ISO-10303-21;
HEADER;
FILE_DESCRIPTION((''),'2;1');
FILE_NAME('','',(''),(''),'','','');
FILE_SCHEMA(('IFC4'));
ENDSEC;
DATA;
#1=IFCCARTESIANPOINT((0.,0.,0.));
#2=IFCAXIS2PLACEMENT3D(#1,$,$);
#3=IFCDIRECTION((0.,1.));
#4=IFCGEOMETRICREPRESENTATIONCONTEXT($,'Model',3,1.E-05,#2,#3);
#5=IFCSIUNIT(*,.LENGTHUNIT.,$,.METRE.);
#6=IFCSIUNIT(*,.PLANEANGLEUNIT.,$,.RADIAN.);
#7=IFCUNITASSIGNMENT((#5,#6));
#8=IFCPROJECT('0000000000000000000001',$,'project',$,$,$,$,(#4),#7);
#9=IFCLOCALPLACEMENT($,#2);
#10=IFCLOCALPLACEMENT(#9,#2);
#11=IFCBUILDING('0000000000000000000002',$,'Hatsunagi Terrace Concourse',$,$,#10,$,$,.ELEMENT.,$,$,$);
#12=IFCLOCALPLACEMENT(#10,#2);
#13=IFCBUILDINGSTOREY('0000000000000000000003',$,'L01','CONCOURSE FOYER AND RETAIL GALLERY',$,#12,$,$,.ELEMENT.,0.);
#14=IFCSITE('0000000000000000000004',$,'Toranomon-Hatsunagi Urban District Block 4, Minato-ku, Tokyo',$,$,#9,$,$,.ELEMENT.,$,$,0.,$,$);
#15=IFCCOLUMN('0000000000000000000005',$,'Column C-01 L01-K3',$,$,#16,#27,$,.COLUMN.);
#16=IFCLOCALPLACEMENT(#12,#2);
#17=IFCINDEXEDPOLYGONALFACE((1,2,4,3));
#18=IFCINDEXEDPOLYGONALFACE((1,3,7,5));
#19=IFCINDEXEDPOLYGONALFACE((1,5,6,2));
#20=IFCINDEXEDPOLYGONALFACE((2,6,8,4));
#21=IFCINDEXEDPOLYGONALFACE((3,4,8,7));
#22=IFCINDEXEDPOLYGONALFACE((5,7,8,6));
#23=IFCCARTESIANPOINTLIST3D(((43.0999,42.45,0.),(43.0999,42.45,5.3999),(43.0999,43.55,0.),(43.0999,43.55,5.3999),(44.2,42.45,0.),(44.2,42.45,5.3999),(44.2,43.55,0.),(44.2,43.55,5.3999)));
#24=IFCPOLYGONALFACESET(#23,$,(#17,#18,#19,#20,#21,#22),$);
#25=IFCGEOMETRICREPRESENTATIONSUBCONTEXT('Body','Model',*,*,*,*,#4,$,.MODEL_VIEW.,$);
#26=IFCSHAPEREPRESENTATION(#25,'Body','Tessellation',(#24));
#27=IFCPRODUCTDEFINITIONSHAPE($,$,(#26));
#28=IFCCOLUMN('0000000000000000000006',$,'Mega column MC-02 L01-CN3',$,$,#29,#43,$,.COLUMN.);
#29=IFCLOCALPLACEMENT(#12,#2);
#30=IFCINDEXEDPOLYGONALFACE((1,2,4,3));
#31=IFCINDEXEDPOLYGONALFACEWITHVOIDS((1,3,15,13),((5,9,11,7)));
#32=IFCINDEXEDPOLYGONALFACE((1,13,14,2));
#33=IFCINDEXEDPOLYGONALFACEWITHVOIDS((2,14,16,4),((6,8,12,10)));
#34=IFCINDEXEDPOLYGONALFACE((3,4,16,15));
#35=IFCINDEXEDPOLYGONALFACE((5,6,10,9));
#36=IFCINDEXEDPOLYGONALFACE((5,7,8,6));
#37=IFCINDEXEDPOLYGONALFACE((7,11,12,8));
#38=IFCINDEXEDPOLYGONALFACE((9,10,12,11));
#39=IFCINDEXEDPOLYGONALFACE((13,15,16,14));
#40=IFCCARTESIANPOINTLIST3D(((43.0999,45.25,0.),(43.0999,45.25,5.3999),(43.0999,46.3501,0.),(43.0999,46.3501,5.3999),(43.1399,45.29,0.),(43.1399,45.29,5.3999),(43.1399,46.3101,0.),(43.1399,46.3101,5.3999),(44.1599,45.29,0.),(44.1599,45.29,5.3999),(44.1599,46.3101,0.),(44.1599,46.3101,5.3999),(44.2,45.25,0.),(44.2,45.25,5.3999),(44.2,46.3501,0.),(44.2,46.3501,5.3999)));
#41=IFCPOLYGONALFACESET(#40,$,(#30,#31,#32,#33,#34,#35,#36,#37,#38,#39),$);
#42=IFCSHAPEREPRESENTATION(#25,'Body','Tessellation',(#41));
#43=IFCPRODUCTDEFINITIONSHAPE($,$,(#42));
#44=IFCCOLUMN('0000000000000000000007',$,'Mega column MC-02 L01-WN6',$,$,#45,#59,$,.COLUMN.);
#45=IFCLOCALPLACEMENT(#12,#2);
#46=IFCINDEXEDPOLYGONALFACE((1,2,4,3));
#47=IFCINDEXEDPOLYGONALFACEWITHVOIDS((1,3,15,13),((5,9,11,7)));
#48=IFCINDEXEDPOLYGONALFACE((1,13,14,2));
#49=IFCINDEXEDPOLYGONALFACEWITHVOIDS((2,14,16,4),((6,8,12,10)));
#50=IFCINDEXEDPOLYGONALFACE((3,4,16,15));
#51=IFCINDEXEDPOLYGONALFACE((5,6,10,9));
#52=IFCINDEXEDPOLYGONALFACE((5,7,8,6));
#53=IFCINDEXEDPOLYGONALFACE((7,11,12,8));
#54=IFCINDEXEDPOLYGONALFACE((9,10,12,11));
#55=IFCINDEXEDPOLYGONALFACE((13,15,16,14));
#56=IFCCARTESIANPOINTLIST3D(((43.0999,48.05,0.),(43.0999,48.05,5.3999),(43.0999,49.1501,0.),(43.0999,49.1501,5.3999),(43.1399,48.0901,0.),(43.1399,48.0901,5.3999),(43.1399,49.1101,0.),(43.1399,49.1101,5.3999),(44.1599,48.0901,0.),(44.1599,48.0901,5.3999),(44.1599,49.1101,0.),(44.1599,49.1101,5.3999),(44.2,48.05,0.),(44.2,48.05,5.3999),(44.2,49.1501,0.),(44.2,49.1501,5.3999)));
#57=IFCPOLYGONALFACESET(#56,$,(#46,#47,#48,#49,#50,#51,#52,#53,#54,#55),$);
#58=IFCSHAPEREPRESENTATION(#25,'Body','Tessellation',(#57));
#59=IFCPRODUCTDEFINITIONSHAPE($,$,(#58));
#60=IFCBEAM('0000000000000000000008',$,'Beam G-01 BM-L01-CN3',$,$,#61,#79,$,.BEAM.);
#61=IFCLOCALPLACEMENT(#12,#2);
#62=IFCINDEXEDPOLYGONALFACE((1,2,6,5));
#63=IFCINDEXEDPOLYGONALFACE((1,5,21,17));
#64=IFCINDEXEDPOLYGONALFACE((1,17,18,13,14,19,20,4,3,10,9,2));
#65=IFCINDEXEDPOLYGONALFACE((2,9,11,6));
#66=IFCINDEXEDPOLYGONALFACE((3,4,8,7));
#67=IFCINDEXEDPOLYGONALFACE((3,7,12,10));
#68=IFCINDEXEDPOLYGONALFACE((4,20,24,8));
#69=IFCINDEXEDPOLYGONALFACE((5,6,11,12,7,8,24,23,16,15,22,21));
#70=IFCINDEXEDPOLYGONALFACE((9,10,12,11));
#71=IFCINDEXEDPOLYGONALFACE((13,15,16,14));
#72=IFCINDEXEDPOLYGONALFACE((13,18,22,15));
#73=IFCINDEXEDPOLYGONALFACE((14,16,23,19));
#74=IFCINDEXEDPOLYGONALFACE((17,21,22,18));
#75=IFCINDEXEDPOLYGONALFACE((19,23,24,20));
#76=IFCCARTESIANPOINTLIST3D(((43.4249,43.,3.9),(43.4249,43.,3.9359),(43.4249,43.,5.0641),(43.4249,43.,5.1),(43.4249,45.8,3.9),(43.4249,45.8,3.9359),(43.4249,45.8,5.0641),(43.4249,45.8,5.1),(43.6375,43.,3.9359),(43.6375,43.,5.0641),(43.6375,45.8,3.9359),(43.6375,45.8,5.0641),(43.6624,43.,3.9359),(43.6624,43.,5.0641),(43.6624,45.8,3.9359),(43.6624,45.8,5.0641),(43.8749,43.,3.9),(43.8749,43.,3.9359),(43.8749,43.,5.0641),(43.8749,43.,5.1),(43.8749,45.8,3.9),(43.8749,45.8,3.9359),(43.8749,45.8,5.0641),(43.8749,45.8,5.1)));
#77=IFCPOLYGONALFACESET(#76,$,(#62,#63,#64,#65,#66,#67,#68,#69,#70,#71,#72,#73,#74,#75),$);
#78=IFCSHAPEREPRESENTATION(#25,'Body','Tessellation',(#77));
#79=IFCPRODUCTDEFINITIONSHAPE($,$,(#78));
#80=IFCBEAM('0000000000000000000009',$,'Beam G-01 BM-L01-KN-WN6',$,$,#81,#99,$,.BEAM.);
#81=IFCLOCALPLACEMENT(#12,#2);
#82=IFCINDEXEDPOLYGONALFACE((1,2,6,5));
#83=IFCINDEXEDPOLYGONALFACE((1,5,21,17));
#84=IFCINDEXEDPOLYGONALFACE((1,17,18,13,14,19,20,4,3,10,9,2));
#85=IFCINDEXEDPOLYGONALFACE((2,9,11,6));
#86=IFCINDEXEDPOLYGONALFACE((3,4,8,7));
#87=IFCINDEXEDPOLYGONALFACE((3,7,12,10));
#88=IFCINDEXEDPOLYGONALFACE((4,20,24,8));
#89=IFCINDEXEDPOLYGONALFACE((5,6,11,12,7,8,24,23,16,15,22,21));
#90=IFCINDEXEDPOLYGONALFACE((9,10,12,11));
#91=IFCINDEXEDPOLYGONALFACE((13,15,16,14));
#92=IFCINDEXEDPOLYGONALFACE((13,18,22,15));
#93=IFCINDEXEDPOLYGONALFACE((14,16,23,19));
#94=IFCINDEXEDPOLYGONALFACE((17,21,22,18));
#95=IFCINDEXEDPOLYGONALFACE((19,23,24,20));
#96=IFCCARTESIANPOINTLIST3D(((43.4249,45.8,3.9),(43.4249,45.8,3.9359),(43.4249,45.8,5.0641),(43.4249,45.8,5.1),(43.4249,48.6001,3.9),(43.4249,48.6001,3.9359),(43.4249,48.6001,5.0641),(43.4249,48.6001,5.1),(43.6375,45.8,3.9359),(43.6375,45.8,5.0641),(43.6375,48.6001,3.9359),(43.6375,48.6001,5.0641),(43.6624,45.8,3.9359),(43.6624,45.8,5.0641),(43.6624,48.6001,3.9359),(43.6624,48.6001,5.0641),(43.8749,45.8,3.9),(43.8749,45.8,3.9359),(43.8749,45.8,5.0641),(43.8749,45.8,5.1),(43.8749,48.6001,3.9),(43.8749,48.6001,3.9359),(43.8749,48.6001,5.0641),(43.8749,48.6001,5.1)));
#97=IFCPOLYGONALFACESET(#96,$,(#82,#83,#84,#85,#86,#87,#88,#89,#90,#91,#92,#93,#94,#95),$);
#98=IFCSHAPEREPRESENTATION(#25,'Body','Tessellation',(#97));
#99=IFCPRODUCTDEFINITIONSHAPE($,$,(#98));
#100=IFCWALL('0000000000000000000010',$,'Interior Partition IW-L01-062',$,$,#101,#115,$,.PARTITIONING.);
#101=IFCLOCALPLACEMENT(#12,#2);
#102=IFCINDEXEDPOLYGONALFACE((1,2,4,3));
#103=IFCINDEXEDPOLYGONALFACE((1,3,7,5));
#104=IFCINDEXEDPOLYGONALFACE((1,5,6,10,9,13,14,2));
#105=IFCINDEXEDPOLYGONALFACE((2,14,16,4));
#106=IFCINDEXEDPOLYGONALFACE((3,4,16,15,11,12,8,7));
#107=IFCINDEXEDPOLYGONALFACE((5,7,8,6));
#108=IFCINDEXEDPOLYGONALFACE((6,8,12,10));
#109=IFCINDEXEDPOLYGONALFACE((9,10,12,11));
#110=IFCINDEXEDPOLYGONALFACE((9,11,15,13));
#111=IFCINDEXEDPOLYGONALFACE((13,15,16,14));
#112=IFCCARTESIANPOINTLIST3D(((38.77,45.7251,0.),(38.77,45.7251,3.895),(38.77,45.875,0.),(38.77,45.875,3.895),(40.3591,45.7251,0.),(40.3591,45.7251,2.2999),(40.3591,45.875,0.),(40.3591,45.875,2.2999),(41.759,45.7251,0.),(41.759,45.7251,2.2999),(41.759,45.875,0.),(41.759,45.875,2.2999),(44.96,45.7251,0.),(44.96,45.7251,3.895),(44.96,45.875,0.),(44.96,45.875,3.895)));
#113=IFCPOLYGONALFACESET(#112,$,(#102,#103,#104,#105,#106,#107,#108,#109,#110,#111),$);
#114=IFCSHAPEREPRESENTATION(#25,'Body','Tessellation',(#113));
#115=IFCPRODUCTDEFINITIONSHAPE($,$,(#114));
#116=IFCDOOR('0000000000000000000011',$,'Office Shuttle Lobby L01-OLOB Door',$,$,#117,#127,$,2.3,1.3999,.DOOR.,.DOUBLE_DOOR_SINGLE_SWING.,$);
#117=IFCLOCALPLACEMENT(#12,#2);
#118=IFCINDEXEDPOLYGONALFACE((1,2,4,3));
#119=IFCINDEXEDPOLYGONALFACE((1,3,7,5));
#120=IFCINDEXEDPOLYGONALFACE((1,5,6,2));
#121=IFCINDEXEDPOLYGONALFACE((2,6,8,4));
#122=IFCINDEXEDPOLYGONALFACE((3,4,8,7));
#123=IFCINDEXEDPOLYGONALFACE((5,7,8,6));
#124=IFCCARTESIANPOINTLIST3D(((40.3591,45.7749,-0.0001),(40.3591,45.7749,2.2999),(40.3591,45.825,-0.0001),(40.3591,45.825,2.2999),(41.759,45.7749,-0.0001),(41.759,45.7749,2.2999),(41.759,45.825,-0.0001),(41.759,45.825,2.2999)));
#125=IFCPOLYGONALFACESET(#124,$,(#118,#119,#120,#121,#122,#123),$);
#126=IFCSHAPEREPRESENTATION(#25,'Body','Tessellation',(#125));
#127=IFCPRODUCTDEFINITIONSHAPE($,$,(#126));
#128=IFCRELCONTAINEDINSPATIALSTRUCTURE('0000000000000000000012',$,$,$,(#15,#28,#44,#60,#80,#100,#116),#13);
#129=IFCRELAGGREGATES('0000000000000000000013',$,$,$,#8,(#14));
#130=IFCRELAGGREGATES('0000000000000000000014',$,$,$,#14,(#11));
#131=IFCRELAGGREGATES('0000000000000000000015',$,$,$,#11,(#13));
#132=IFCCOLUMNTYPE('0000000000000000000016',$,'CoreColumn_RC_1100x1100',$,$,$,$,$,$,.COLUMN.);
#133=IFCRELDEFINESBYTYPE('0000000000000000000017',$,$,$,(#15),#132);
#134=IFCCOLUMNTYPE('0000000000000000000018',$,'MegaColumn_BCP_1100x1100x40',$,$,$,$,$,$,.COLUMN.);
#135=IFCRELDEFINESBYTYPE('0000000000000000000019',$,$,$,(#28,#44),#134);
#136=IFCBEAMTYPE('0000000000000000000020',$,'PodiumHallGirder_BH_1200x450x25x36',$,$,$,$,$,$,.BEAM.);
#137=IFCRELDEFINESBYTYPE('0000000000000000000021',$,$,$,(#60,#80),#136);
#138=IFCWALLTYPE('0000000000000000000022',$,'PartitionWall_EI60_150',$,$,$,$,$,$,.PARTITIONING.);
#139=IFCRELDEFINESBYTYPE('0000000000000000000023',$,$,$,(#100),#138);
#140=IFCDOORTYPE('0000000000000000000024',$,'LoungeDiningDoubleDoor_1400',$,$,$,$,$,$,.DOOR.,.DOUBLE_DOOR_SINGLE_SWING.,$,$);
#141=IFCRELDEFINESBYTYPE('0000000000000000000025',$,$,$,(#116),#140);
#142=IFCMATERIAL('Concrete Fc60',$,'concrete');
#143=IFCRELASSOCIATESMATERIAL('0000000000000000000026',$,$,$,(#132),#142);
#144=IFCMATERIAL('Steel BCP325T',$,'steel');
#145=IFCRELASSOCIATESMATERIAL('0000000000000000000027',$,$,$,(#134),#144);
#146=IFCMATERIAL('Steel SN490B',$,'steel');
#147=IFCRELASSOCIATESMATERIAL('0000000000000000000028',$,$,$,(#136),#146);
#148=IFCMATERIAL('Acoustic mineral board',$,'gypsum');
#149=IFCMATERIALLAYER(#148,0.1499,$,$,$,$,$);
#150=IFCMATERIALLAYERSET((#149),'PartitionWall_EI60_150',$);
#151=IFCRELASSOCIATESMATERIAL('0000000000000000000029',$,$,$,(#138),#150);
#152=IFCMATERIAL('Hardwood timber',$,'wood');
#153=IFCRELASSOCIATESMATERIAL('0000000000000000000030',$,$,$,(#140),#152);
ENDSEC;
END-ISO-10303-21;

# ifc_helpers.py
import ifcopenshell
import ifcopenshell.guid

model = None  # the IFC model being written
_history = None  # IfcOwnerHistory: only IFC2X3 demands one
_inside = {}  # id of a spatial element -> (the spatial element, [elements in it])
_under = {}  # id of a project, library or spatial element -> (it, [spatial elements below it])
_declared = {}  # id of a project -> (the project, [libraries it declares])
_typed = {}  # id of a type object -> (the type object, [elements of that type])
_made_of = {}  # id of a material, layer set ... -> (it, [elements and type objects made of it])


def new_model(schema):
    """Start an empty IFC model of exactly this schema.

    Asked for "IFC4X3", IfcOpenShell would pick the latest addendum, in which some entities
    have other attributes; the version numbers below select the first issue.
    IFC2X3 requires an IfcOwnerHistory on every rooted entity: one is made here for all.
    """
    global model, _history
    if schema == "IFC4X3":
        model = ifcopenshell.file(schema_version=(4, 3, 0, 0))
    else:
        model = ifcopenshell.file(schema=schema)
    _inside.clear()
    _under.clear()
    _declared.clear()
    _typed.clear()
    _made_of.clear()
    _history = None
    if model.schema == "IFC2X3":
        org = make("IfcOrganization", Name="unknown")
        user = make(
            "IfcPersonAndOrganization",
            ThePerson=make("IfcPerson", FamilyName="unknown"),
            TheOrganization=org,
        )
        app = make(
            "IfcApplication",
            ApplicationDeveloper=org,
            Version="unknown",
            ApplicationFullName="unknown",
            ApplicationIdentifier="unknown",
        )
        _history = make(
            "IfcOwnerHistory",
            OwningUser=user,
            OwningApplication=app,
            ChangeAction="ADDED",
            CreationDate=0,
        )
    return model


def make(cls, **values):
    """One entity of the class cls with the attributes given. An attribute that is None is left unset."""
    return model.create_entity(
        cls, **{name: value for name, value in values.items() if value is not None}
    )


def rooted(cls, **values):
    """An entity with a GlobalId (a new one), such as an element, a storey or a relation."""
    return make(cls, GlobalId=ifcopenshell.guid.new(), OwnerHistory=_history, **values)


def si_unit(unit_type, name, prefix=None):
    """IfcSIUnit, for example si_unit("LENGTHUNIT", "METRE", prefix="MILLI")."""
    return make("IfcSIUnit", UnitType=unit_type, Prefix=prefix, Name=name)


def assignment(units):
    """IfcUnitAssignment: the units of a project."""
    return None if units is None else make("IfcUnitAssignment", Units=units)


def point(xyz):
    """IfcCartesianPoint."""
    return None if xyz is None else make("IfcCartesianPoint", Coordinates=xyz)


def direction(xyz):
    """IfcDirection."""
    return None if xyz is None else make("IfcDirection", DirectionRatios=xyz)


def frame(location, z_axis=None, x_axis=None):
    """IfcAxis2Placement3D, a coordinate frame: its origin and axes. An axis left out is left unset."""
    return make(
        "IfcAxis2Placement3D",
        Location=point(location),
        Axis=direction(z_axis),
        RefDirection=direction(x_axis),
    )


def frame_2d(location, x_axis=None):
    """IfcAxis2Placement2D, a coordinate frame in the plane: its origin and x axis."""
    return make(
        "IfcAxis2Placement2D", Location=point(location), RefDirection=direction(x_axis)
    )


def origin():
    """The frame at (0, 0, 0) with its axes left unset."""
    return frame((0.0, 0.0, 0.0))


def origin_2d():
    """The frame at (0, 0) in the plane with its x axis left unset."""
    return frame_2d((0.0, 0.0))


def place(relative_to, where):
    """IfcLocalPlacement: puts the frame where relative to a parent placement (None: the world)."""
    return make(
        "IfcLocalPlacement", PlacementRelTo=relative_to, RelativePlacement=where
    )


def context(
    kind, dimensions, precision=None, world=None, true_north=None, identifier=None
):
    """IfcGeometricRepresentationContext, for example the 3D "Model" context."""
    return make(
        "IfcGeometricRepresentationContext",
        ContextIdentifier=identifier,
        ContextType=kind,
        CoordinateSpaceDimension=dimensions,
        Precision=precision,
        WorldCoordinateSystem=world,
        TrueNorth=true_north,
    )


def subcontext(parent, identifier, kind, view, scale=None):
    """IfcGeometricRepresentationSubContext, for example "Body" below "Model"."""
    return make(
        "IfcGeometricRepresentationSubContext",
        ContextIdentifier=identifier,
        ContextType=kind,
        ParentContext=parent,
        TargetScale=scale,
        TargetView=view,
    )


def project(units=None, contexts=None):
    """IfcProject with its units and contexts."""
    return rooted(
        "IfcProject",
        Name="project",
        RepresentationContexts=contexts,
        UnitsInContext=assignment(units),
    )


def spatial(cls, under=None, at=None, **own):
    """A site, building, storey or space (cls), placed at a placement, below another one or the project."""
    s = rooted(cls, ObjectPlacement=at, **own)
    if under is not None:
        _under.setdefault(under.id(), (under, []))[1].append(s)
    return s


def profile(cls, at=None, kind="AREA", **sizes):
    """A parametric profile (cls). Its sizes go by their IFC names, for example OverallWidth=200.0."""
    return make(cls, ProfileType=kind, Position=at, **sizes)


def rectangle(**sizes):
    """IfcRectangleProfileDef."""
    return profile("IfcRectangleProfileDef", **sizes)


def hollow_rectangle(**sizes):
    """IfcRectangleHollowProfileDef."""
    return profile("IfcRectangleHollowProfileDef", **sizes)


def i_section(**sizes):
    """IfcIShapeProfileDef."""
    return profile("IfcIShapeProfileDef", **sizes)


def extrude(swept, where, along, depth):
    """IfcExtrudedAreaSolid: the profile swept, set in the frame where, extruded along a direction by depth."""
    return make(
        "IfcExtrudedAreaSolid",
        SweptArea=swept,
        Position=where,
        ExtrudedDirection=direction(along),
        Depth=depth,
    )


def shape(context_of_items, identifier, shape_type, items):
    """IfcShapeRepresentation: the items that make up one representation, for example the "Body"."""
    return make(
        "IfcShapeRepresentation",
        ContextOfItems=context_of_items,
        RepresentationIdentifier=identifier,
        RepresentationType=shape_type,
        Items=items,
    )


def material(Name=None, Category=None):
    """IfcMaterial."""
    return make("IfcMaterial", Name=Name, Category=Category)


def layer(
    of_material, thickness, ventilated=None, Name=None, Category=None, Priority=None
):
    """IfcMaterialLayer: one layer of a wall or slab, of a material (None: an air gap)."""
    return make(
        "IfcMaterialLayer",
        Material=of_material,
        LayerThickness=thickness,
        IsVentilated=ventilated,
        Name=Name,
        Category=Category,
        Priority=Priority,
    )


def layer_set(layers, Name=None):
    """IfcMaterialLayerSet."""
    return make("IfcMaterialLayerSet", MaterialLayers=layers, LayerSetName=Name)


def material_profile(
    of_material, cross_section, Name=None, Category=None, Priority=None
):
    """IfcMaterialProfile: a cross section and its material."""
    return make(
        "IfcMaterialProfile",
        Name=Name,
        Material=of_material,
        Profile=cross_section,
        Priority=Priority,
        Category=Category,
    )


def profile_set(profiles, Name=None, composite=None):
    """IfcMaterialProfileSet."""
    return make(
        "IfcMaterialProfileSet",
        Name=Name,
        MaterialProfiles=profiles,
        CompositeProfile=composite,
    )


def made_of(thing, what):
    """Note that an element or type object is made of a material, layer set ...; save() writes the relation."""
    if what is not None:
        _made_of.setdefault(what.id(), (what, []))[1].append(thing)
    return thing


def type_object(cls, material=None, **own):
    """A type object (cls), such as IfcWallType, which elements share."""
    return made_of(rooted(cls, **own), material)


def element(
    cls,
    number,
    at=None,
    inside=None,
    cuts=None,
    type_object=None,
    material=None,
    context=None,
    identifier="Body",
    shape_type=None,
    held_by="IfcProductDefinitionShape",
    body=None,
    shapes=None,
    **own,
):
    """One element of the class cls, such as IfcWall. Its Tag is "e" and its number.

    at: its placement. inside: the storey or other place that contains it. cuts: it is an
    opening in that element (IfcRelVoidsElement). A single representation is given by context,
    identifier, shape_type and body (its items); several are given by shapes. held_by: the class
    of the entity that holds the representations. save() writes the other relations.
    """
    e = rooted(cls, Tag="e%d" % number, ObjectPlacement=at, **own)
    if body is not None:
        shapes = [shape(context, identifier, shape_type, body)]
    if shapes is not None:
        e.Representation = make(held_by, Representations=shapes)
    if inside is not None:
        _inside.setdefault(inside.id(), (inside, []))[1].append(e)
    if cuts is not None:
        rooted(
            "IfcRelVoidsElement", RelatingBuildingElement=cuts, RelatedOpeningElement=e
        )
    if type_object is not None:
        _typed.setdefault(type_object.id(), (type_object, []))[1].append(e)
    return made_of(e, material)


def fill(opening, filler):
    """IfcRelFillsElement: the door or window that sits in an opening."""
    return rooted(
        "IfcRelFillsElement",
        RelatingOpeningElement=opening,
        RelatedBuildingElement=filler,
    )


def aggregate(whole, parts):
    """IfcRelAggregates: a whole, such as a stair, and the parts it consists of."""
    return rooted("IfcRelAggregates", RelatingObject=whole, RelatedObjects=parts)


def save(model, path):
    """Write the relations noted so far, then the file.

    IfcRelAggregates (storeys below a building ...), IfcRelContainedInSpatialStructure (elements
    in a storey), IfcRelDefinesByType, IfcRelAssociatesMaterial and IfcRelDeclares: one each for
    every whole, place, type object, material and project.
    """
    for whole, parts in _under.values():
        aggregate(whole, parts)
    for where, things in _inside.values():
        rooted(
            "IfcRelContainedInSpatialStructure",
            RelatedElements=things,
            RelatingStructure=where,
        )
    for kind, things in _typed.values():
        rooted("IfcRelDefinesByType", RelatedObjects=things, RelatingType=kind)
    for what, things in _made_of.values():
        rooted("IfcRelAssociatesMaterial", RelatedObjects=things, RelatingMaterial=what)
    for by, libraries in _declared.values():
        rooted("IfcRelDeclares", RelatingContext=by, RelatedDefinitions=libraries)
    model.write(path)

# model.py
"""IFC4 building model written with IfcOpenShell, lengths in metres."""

from ifc_helpers import new_model, si_unit, direction, frame, frame_2d, origin, origin_2d, place, context, subcontext, project, spatial, rectangle, hollow_rectangle, i_section, extrude, material, layer, layer_set, material_profile, profile_set, type_object, element, fill, save


model = new_model("IFC4")

# Units and contexts
model_context = context("Model", 3, precision=1e-05, world=origin(), true_north=direction((0.0, 1.0)))
body_context = subcontext(model_context, "Body", "Model", "MODEL_VIEW")
ifc_project = project(units=[si_unit("LENGTHUNIT", "METRE"), si_unit("PLANEANGLEUNIT", "RADIAN")], contexts=[model_context])

# Site, building, storey
site_placement = place(None, origin())
site = spatial("IfcSite", under=ifc_project, at=site_placement, Name="Toranomon-Hatsunagi Urban District Block 4, Minato-ku, Tokyo", CompositionType="ELEMENT", RefElevation=0.0)
building_placement = place(site_placement, origin())
building = spatial("IfcBuilding", under=site, at=building_placement, Name="Hatsunagi Terrace Concourse", CompositionType="ELEMENT")
storey_placement = place(building_placement, origin())
storey = spatial("IfcBuildingStorey", under=building, at=storey_placement, Name="L01", Description="CONCOURSE FOYER AND RETAIL GALLERY", CompositionType="ELEMENT", Elevation=0.0)

# Columns
ifc_material_1 = material(Name="Concrete Fc60", Category="concrete")
ifc_material_profile_1 = material_profile(ifc_material_1, rectangle(XDim=1.1001, YDim=1.1001, at=origin_2d()), Name="RC-1100x1100")
ifc_profile_set_1 = profile_set([ifc_material_profile_1], Name="Concrete Fc60")
column_type_1 = type_object("IfcColumnType", Name="CoreColumn_RC_1100x1100", PredefinedType="COLUMN", material=ifc_profile_set_1)
column_placement = place(storey_placement, frame((43.6499, 43.0, 0.0), z_axis=(0.0, 0.0, 1.0), x_axis=(1.0, 0.0, 0.0)))
element("IfcColumn", 1, at=column_placement, inside=storey, type_object=column_type_1, Name="Column C-01 L01-K3", PredefinedType="COLUMN", context=body_context, shape_type="SweptSolid", body=[
    extrude(rectangle(XDim=1.1001, YDim=1.1001, at=origin_2d()), origin(), (0.0, 0.0, 1.0), 5.3999),
])
ifc_material_2 = material(Name="Steel BCP325T", Category="steel")
ifc_material_profile_2 = material_profile(ifc_material_2, hollow_rectangle(XDim=1.1001, YDim=1.1001, WallThickness=0.04, at=origin_2d()), Name="BCP-1100x1100x40")
ifc_profile_set_2 = profile_set([ifc_material_profile_2], Name="Steel BCP325T")
column_type_2 = type_object("IfcColumnType", Name="MegaColumn_BCP_1100x1100x40", PredefinedType="COLUMN", material=ifc_profile_set_2)
for number, where, z_axis, x_axis, name in (
    (2, (43.6499, 45.8, 0.0), (0.0, 0.0, 1.0), (1.0, 0.0, 0.0), "Mega column MC-02 L01-CN3"),
    (3, (43.6499, 48.6001, 0.0), (0.0, 0.0, 1.0), (1.0, 0.0, 0.0), "Mega column MC-02 L01-WN6"),
):
    element("IfcColumn", number, at=place(storey_placement, frame(where, z_axis=z_axis, x_axis=x_axis)), inside=storey, type_object=column_type_2, Name=name, PredefinedType="COLUMN", context=body_context, shape_type="SweptSolid", body=[
        extrude(hollow_rectangle(XDim=1.1001, YDim=1.1001, WallThickness=0.04, at=origin_2d()), origin(), (0.0, 0.0, 1.0), 5.3999),
    ])

# Beams
ifc_material_3 = material(Name="Steel SN490B", Category="steel")
ifc_material_profile_3 = material_profile(ifc_material_3, i_section(OverallWidth=0.45, OverallDepth=1.2, WebThickness=0.0249, FlangeThickness=0.0359, at=origin_2d()), Name="BH-1200x450x25x36")
ifc_profile_set_3 = profile_set([ifc_material_profile_3], Name="Steel SN490B")
beam_type = type_object("IfcBeamType", Name="PodiumHallGirder_BH_1200x450x25x36", PredefinedType="BEAM", material=ifc_profile_set_3)
for number, where, z_axis, x_axis, name in (
    (4, (43.6499, 43.0, 4.5), (0.0, 1.0, 0.0), (-1.0, 0.0, 0.0), "Beam G-01 BM-L01-CN3"),
    (5, (43.6499, 45.8, 4.5), (0.0, 1.0, 0.0), (-1.0, 0.0, 0.0), "Beam G-01 BM-L01-KN-WN6"),
):
    element("IfcBeam", number, at=place(storey_placement, frame(where, z_axis=z_axis, x_axis=x_axis)), inside=storey, type_object=beam_type, Name=name, PredefinedType="BEAM", context=body_context, shape_type="SweptSolid", body=[
        extrude(i_section(OverallWidth=0.45, OverallDepth=1.2, WebThickness=0.0249, FlangeThickness=0.0359, at=origin_2d()), origin(), (0.0, 0.0, 1.0), 2.8),
    ])

# Wall, opening, door
ifc_material_4 = material(Name="Acoustic mineral board", Category="gypsum")
ifc_layer_1 = layer(ifc_material_4, 0.1499)
ifc_layer_set_1 = layer_set([ifc_layer_1], Name="PartitionWall_EI60_150")
wall_type_1 = type_object("IfcWallType", Name="PartitionWall_EI60_150", PredefinedType="PARTITIONING", material=ifc_layer_set_1)
wall_1_placement = place(storey_placement, frame((38.77, 45.8, 0.0), z_axis=(0.0, 0.0, 1.0), x_axis=(1.0, 0.0, 0.0)))
wall_1 = element("IfcWall", 6, at=wall_1_placement, inside=storey, type_object=wall_type_1, Name="Interior Partition IW-L01-062", PredefinedType="PARTITIONING", context=body_context, shape_type="SweptSolid", body=[
    extrude(rectangle(XDim=6.1899, YDim=0.1499, at=frame_2d((3.095, 0.0))), origin(), (0.0, 0.0, 1.0), 3.895),
])
opening_1_placement = place(wall_1_placement, frame((1.5891, 0.0, 0.0)))
opening_1 = element("IfcOpeningElement", 7, at=opening_1_placement, cuts=wall_1, PredefinedType="OPENING", context=body_context, shape_type="SweptSolid", body=[
    extrude(rectangle(XDim=1.3999, YDim=2.3, at=frame_2d((0.7, 1.1499))), frame((0.0, 0.085, 0.0), z_axis=(0.0, -1.0, 0.0), x_axis=(1.0, 0.0, 0.0)), (0.0, 0.0, 1.0), 0.1699),
])
ifc_material_5 = material(Name="Hardwood timber", Category="wood")
door_type_1 = type_object("IfcDoorType", Name="LoungeDiningDoubleDoor_1400", OperationType="DOUBLE_DOOR_SINGLE_SWING", PredefinedType="DOOR", material=ifc_material_5)
door_1_placement = place(opening_1_placement, origin())
door_1 = element("IfcDoor", 8, at=door_1_placement, inside=storey, type_object=door_type_1, Name="Office Shuttle Lobby L01-OLOB Door", OperationType="DOUBLE_DOOR_SINGLE_SWING", OverallHeight=2.3, OverallWidth=1.3999, PredefinedType="DOOR", context=body_context, shape_type="SweptSolid", body=[
    extrude(rectangle(XDim=1.3999, YDim=2.3, at=frame_2d((0.7, 1.1499))), frame((0.0, 0.0249, 0.0), z_axis=(0.0, -1.0, 0.0), x_axis=(1.0, 0.0, 0.0)), (0.0, 0.0, 1.0), 0.05),
])
fill(opening_1, door_1)

save(model, "model.ifc")
